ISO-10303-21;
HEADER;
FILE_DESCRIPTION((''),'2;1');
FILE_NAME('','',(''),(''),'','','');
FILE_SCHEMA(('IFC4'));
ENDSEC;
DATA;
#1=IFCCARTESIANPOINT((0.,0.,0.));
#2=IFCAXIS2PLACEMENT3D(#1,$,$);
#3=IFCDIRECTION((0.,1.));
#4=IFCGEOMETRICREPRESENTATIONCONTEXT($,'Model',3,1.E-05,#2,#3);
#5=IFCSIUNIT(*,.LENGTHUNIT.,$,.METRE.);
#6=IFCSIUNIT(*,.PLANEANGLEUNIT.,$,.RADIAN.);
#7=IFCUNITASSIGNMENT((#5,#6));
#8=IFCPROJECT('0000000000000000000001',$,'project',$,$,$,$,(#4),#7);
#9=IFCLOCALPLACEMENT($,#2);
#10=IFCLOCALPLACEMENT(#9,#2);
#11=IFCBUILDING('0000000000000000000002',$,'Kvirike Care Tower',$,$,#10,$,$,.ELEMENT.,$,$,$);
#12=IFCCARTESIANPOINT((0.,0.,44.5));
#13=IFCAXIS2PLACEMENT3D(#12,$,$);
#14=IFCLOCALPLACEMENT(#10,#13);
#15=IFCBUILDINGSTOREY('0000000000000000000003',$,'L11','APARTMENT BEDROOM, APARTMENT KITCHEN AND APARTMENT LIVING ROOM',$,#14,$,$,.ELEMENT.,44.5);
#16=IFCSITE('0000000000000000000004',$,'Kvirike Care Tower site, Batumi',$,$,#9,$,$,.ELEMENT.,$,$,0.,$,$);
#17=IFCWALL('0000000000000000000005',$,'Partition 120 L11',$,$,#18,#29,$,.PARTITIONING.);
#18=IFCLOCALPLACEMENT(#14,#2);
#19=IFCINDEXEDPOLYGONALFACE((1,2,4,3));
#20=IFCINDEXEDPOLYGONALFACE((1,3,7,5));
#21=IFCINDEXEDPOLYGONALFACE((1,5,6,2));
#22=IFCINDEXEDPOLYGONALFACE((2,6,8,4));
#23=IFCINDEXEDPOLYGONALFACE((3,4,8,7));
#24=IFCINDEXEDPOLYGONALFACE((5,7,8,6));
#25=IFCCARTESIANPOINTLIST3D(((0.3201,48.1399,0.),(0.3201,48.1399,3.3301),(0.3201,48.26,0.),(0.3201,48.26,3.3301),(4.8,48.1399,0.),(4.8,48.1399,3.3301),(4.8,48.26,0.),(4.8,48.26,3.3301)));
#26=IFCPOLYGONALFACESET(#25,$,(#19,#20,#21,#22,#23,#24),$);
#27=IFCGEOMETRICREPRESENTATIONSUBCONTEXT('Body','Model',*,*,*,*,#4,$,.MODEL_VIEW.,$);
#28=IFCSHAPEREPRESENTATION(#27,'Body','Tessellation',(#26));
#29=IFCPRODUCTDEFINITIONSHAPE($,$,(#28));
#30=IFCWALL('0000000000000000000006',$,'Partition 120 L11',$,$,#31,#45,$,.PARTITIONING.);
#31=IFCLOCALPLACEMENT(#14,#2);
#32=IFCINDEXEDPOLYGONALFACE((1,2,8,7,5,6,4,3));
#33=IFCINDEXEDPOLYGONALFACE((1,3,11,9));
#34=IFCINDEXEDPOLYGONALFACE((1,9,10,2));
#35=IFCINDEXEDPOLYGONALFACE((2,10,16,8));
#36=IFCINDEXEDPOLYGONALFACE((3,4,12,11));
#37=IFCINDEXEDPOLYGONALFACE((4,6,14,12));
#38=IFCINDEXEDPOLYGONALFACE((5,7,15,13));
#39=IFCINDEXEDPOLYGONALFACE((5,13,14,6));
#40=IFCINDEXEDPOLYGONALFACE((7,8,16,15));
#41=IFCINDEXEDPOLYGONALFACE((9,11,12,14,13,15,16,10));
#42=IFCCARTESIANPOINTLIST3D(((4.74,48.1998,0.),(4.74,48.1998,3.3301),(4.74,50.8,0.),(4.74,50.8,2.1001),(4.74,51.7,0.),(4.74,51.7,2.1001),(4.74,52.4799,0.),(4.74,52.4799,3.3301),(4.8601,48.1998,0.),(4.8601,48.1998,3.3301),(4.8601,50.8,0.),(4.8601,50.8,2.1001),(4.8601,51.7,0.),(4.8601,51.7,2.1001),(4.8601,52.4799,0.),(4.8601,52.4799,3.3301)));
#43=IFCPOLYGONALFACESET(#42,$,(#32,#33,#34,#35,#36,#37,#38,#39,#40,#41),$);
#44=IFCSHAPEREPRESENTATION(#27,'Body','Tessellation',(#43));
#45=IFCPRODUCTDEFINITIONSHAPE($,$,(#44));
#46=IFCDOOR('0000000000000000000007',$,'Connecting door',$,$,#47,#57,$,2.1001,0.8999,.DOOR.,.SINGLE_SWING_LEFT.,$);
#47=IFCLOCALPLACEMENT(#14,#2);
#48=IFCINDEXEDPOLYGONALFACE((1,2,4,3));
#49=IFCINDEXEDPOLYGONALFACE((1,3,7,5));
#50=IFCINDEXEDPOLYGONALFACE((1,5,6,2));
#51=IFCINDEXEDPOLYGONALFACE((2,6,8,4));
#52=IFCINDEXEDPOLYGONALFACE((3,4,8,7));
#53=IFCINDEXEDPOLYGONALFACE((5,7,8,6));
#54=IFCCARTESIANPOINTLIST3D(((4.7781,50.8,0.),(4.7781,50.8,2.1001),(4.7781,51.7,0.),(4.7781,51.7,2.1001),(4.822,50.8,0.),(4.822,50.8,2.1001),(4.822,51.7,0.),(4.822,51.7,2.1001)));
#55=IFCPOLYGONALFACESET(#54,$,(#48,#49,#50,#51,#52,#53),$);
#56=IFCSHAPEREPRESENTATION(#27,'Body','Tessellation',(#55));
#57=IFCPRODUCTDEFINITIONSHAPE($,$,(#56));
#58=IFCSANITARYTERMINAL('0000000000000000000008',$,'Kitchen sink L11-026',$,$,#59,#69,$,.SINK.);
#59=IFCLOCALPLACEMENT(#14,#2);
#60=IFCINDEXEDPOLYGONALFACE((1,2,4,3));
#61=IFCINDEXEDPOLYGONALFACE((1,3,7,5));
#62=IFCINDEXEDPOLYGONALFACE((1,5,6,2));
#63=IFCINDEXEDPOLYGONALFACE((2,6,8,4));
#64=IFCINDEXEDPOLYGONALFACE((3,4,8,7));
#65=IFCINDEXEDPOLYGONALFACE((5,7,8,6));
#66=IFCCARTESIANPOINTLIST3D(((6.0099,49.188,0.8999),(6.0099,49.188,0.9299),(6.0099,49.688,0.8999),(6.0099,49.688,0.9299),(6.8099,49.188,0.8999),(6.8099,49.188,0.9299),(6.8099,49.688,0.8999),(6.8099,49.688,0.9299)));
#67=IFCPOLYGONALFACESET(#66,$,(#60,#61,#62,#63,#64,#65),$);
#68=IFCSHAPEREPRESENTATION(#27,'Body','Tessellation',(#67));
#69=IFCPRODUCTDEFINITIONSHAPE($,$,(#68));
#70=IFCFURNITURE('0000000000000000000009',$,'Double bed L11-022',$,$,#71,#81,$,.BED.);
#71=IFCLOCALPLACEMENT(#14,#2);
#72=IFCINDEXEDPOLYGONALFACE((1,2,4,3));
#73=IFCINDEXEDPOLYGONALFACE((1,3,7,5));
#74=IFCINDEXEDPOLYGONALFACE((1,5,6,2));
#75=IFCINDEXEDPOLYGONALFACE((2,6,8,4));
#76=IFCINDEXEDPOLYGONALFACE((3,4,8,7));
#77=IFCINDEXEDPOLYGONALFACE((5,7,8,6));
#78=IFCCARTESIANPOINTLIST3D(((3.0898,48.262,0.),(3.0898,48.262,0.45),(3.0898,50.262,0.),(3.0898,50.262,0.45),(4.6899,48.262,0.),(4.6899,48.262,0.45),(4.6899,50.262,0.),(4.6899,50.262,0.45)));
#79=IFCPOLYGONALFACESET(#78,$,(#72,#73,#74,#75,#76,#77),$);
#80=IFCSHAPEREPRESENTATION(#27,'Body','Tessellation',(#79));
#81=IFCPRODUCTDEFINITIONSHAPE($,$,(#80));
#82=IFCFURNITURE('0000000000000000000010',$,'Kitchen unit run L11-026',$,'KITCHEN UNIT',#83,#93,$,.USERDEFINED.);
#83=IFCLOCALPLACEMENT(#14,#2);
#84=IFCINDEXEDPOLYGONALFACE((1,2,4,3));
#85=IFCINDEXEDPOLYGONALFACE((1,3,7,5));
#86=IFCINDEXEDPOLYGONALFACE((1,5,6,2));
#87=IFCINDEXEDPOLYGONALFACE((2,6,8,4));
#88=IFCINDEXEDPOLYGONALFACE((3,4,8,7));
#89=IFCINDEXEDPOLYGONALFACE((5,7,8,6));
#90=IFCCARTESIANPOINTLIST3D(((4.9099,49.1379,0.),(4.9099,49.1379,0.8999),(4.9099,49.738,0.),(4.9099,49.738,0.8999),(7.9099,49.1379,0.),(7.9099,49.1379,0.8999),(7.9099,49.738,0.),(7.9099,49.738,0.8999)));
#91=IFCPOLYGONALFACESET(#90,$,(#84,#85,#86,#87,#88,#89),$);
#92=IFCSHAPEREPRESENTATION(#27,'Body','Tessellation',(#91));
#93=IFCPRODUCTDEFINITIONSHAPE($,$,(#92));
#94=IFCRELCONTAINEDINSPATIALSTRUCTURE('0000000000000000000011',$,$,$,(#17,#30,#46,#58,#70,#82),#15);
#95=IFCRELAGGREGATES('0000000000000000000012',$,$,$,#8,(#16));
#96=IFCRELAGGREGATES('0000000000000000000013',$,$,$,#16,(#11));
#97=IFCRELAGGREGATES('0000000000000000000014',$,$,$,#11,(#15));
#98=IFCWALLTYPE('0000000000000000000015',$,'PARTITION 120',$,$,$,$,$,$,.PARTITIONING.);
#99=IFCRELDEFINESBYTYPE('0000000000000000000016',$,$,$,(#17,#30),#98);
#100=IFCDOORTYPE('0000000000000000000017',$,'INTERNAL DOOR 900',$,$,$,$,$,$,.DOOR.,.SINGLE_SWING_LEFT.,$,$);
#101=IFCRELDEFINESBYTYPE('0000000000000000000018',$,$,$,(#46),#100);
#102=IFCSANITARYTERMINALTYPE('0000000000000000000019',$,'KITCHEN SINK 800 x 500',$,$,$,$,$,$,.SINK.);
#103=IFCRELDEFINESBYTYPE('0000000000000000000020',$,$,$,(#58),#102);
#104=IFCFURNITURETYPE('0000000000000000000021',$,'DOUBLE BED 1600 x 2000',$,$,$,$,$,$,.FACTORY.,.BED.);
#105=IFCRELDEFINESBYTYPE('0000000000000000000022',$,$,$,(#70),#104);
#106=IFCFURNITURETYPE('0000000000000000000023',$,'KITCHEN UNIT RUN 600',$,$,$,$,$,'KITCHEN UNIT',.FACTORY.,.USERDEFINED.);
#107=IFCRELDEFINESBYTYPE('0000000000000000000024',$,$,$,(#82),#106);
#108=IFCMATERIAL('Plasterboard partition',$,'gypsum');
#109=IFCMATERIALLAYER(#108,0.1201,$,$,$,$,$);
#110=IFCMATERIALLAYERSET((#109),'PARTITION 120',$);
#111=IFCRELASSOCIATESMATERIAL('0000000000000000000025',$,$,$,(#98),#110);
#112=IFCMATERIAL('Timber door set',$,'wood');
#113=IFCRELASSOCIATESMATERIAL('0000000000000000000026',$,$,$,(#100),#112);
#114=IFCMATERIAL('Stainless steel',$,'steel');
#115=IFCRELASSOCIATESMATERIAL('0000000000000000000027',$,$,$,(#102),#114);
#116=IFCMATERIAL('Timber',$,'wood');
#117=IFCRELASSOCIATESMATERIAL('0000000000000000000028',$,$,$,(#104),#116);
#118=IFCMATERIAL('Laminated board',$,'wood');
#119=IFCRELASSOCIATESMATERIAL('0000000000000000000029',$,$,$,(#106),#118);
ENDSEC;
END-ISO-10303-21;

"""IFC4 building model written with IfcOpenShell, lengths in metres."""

from ifc_helpers import new_model, si_unit, direction, frame, frame_2d, origin, origin_2d, place, context, subcontext, project, spatial, rectangle, extrude, material, layer, layer_set, type_object, element, fill, save


model = new_model("IFC4")

# Units and contexts
model_context = context("Model", 3, precision=1e-05, world=origin(), true_north=direction((0.0, 1.0)))
body_context = subcontext(model_context, "Body", "Model", "MODEL_VIEW")
ifc_project = project(units=[si_unit("LENGTHUNIT", "METRE"), si_unit("PLANEANGLEUNIT", "RADIAN")], contexts=[model_context])

# Site, building, storey
site_placement = place(None, origin())
site = spatial("IfcSite", under=ifc_project, at=site_placement, Name="Kvirike Care Tower site, Batumi", CompositionType="ELEMENT", RefElevation=0.0)
building_placement = place(site_placement, origin())
building = spatial("IfcBuilding", under=site, at=building_placement, Name="Kvirike Care Tower", CompositionType="ELEMENT")
storey_placement = place(building_placement, frame((0.0, 0.0, 44.5)))
storey = spatial("IfcBuildingStorey", under=building, at=storey_placement, Name="L11", Description="APARTMENT BEDROOM, APARTMENT KITCHEN AND APARTMENT LIVING ROOM", CompositionType="ELEMENT", Elevation=44.5)

# Wall
ifc_material_1 = material(Name="Plasterboard partition", Category="gypsum")
ifc_layer_1 = layer(ifc_material_1, 0.1201)
ifc_layer_set_1 = layer_set([ifc_layer_1], Name="PARTITION 120")
wall_type_1 = type_object("IfcWallType", Name="PARTITION 120", PredefinedType="PARTITIONING", material=ifc_layer_set_1)
wall_1_placement = place(storey_placement, frame((4.8, 48.2, 0.0), z_axis=(0.0, 0.0, 1.0), x_axis=(-1.0, 0.0, 0.0)))
element("IfcWall", 1, at=wall_1_placement, inside=storey, type_object=wall_type_1, Name="Partition 120 L11", PredefinedType="PARTITIONING", context=body_context, shape_type="SweptSolid", body=[
    extrude(rectangle(XDim=4.48, YDim=0.1201, at=frame_2d((2.24, 0.0))), origin(), (0.0, 0.0, 1.0), 3.3301),
])

# Wall, opening, door
wall_2_placement = place(storey_placement, frame((4.8, 52.48, 0.0), z_axis=(0.0, 0.0, 1.0), x_axis=(0.0, -1.0, 0.0)))
wall_2 = element("IfcWall", 2, at=wall_2_placement, inside=storey, type_object=wall_type_1, Name="Partition 120 L11", PredefinedType="PARTITIONING", context=body_context, shape_type="SweptSolid", body=[
    extrude(rectangle(XDim=4.28, YDim=0.1201, at=frame_2d((2.1401, 0.0))), origin(), (0.0, 0.0, 1.0), 3.3301),
])
opening_1_placement = place(wall_2_placement, frame((0.78, 0.0, 0.0)))
opening_1 = element("IfcOpeningElement", 3, at=opening_1_placement, cuts=wall_2, PredefinedType="OPENING", context=body_context, shape_type="SweptSolid", body=[
    extrude(rectangle(XDim=0.8999, YDim=2.1001, at=frame_2d((0.45, 1.05))), frame((0.0, 0.0706, 0.0), z_axis=(0.0, -1.0, 0.0), x_axis=(1.0, 0.0, 0.0)), (0.0, 0.0, 1.0), 0.1411),
])
ifc_material_2 = material(Name="Timber door set", Category="wood")
door_type_1 = type_object("IfcDoorType", Name="INTERNAL DOOR 900", OperationType="SINGLE_SWING_LEFT", PredefinedType="DOOR", material=ifc_material_2)
door_1_placement = place(opening_1_placement, frame((0.8999, 0.0, 0.0), z_axis=(0.0, 0.0, 1.0), x_axis=(-1.0, 0.0, 0.0)))
door_1 = element("IfcDoor", 4, at=door_1_placement, inside=storey, type_object=door_type_1, Name="Connecting door", OperationType="SINGLE_SWING_LEFT", OverallHeight=2.1001, OverallWidth=0.8999, PredefinedType="DOOR", context=body_context, shape_type="SweptSolid", body=[
    extrude(rectangle(XDim=0.8999, YDim=2.1001, at=frame_2d((0.45, 1.05))), frame((0.0, 0.022, 0.0), z_axis=(0.0, -1.0, 0.0), x_axis=(1.0, 0.0, 0.0)), (0.0, 0.0, 1.0), 0.0439),
])
fill(opening_1, door_1)

# Sanitary terminal
ifc_material_3 = material(Name="Stainless steel", Category="steel")
sanitary_terminal_type = type_object("IfcSanitaryTerminalType", Name="KITCHEN SINK 800 x 500", PredefinedType="SINK", material=ifc_material_3)
sanitary_terminal_placement = place(storey_placement, frame((6.4099, 49.438, 0.8999), z_axis=(0.0, 0.0, 1.0), x_axis=(1.0, 0.0, 0.0)))
element("IfcSanitaryTerminal", 5, at=sanitary_terminal_placement, inside=storey, type_object=sanitary_terminal_type, Name="Kitchen sink L11-026", PredefinedType="SINK", context=body_context, shape_type="SweptSolid", body=[
    extrude(rectangle(XDim=0.8, YDim=0.5, at=origin_2d()), origin(), (0.0, 0.0, 1.0), 0.03),
])

# Furniture
ifc_material_4 = material(Name="Timber", Category="wood")
furniture_type_1 = type_object("IfcFurnitureType", Name="DOUBLE BED 1600 x 2000", AssemblyPlace="FACTORY", PredefinedType="BED", material=ifc_material_4)
furniture_1_placement = place(storey_placement, frame((3.8899, 49.262, 0.0), z_axis=(0.0, 0.0, 1.0), x_axis=(-1.0, 0.0, 0.0)))
element("IfcFurniture", 6, at=furniture_1_placement, inside=storey, type_object=furniture_type_1, Name="Double bed L11-022", PredefinedType="BED", context=body_context, shape_type="SweptSolid", body=[
    extrude(rectangle(XDim=1.6001, YDim=2.0, at=origin_2d()), origin(), (0.0, 0.0, 1.0), 0.45),
])
ifc_material_5 = material(Name="Laminated board", Category="wood")
furniture_type_2 = type_object("IfcFurnitureType", Name="KITCHEN UNIT RUN 600", ElementType="KITCHEN UNIT", AssemblyPlace="FACTORY", PredefinedType="USERDEFINED", material=ifc_material_5)
furniture_2_placement = place(storey_placement, frame((6.4099, 49.438, 0.0), z_axis=(0.0, 0.0, 1.0), x_axis=(1.0, 0.0, 0.0)))
element("IfcFurniture", 7, at=furniture_2_placement, inside=storey, type_object=furniture_type_2, Name="Kitchen unit run L11-026", ObjectType="KITCHEN UNIT", PredefinedType="USERDEFINED", context=body_context, shape_type="SweptSolid", body=[
    extrude(rectangle(XDim=3.0, YDim=0.6001, at=origin_2d()), origin(), (0.0, 0.0, 1.0), 0.8999),
])

save(model, "model.ifc")
